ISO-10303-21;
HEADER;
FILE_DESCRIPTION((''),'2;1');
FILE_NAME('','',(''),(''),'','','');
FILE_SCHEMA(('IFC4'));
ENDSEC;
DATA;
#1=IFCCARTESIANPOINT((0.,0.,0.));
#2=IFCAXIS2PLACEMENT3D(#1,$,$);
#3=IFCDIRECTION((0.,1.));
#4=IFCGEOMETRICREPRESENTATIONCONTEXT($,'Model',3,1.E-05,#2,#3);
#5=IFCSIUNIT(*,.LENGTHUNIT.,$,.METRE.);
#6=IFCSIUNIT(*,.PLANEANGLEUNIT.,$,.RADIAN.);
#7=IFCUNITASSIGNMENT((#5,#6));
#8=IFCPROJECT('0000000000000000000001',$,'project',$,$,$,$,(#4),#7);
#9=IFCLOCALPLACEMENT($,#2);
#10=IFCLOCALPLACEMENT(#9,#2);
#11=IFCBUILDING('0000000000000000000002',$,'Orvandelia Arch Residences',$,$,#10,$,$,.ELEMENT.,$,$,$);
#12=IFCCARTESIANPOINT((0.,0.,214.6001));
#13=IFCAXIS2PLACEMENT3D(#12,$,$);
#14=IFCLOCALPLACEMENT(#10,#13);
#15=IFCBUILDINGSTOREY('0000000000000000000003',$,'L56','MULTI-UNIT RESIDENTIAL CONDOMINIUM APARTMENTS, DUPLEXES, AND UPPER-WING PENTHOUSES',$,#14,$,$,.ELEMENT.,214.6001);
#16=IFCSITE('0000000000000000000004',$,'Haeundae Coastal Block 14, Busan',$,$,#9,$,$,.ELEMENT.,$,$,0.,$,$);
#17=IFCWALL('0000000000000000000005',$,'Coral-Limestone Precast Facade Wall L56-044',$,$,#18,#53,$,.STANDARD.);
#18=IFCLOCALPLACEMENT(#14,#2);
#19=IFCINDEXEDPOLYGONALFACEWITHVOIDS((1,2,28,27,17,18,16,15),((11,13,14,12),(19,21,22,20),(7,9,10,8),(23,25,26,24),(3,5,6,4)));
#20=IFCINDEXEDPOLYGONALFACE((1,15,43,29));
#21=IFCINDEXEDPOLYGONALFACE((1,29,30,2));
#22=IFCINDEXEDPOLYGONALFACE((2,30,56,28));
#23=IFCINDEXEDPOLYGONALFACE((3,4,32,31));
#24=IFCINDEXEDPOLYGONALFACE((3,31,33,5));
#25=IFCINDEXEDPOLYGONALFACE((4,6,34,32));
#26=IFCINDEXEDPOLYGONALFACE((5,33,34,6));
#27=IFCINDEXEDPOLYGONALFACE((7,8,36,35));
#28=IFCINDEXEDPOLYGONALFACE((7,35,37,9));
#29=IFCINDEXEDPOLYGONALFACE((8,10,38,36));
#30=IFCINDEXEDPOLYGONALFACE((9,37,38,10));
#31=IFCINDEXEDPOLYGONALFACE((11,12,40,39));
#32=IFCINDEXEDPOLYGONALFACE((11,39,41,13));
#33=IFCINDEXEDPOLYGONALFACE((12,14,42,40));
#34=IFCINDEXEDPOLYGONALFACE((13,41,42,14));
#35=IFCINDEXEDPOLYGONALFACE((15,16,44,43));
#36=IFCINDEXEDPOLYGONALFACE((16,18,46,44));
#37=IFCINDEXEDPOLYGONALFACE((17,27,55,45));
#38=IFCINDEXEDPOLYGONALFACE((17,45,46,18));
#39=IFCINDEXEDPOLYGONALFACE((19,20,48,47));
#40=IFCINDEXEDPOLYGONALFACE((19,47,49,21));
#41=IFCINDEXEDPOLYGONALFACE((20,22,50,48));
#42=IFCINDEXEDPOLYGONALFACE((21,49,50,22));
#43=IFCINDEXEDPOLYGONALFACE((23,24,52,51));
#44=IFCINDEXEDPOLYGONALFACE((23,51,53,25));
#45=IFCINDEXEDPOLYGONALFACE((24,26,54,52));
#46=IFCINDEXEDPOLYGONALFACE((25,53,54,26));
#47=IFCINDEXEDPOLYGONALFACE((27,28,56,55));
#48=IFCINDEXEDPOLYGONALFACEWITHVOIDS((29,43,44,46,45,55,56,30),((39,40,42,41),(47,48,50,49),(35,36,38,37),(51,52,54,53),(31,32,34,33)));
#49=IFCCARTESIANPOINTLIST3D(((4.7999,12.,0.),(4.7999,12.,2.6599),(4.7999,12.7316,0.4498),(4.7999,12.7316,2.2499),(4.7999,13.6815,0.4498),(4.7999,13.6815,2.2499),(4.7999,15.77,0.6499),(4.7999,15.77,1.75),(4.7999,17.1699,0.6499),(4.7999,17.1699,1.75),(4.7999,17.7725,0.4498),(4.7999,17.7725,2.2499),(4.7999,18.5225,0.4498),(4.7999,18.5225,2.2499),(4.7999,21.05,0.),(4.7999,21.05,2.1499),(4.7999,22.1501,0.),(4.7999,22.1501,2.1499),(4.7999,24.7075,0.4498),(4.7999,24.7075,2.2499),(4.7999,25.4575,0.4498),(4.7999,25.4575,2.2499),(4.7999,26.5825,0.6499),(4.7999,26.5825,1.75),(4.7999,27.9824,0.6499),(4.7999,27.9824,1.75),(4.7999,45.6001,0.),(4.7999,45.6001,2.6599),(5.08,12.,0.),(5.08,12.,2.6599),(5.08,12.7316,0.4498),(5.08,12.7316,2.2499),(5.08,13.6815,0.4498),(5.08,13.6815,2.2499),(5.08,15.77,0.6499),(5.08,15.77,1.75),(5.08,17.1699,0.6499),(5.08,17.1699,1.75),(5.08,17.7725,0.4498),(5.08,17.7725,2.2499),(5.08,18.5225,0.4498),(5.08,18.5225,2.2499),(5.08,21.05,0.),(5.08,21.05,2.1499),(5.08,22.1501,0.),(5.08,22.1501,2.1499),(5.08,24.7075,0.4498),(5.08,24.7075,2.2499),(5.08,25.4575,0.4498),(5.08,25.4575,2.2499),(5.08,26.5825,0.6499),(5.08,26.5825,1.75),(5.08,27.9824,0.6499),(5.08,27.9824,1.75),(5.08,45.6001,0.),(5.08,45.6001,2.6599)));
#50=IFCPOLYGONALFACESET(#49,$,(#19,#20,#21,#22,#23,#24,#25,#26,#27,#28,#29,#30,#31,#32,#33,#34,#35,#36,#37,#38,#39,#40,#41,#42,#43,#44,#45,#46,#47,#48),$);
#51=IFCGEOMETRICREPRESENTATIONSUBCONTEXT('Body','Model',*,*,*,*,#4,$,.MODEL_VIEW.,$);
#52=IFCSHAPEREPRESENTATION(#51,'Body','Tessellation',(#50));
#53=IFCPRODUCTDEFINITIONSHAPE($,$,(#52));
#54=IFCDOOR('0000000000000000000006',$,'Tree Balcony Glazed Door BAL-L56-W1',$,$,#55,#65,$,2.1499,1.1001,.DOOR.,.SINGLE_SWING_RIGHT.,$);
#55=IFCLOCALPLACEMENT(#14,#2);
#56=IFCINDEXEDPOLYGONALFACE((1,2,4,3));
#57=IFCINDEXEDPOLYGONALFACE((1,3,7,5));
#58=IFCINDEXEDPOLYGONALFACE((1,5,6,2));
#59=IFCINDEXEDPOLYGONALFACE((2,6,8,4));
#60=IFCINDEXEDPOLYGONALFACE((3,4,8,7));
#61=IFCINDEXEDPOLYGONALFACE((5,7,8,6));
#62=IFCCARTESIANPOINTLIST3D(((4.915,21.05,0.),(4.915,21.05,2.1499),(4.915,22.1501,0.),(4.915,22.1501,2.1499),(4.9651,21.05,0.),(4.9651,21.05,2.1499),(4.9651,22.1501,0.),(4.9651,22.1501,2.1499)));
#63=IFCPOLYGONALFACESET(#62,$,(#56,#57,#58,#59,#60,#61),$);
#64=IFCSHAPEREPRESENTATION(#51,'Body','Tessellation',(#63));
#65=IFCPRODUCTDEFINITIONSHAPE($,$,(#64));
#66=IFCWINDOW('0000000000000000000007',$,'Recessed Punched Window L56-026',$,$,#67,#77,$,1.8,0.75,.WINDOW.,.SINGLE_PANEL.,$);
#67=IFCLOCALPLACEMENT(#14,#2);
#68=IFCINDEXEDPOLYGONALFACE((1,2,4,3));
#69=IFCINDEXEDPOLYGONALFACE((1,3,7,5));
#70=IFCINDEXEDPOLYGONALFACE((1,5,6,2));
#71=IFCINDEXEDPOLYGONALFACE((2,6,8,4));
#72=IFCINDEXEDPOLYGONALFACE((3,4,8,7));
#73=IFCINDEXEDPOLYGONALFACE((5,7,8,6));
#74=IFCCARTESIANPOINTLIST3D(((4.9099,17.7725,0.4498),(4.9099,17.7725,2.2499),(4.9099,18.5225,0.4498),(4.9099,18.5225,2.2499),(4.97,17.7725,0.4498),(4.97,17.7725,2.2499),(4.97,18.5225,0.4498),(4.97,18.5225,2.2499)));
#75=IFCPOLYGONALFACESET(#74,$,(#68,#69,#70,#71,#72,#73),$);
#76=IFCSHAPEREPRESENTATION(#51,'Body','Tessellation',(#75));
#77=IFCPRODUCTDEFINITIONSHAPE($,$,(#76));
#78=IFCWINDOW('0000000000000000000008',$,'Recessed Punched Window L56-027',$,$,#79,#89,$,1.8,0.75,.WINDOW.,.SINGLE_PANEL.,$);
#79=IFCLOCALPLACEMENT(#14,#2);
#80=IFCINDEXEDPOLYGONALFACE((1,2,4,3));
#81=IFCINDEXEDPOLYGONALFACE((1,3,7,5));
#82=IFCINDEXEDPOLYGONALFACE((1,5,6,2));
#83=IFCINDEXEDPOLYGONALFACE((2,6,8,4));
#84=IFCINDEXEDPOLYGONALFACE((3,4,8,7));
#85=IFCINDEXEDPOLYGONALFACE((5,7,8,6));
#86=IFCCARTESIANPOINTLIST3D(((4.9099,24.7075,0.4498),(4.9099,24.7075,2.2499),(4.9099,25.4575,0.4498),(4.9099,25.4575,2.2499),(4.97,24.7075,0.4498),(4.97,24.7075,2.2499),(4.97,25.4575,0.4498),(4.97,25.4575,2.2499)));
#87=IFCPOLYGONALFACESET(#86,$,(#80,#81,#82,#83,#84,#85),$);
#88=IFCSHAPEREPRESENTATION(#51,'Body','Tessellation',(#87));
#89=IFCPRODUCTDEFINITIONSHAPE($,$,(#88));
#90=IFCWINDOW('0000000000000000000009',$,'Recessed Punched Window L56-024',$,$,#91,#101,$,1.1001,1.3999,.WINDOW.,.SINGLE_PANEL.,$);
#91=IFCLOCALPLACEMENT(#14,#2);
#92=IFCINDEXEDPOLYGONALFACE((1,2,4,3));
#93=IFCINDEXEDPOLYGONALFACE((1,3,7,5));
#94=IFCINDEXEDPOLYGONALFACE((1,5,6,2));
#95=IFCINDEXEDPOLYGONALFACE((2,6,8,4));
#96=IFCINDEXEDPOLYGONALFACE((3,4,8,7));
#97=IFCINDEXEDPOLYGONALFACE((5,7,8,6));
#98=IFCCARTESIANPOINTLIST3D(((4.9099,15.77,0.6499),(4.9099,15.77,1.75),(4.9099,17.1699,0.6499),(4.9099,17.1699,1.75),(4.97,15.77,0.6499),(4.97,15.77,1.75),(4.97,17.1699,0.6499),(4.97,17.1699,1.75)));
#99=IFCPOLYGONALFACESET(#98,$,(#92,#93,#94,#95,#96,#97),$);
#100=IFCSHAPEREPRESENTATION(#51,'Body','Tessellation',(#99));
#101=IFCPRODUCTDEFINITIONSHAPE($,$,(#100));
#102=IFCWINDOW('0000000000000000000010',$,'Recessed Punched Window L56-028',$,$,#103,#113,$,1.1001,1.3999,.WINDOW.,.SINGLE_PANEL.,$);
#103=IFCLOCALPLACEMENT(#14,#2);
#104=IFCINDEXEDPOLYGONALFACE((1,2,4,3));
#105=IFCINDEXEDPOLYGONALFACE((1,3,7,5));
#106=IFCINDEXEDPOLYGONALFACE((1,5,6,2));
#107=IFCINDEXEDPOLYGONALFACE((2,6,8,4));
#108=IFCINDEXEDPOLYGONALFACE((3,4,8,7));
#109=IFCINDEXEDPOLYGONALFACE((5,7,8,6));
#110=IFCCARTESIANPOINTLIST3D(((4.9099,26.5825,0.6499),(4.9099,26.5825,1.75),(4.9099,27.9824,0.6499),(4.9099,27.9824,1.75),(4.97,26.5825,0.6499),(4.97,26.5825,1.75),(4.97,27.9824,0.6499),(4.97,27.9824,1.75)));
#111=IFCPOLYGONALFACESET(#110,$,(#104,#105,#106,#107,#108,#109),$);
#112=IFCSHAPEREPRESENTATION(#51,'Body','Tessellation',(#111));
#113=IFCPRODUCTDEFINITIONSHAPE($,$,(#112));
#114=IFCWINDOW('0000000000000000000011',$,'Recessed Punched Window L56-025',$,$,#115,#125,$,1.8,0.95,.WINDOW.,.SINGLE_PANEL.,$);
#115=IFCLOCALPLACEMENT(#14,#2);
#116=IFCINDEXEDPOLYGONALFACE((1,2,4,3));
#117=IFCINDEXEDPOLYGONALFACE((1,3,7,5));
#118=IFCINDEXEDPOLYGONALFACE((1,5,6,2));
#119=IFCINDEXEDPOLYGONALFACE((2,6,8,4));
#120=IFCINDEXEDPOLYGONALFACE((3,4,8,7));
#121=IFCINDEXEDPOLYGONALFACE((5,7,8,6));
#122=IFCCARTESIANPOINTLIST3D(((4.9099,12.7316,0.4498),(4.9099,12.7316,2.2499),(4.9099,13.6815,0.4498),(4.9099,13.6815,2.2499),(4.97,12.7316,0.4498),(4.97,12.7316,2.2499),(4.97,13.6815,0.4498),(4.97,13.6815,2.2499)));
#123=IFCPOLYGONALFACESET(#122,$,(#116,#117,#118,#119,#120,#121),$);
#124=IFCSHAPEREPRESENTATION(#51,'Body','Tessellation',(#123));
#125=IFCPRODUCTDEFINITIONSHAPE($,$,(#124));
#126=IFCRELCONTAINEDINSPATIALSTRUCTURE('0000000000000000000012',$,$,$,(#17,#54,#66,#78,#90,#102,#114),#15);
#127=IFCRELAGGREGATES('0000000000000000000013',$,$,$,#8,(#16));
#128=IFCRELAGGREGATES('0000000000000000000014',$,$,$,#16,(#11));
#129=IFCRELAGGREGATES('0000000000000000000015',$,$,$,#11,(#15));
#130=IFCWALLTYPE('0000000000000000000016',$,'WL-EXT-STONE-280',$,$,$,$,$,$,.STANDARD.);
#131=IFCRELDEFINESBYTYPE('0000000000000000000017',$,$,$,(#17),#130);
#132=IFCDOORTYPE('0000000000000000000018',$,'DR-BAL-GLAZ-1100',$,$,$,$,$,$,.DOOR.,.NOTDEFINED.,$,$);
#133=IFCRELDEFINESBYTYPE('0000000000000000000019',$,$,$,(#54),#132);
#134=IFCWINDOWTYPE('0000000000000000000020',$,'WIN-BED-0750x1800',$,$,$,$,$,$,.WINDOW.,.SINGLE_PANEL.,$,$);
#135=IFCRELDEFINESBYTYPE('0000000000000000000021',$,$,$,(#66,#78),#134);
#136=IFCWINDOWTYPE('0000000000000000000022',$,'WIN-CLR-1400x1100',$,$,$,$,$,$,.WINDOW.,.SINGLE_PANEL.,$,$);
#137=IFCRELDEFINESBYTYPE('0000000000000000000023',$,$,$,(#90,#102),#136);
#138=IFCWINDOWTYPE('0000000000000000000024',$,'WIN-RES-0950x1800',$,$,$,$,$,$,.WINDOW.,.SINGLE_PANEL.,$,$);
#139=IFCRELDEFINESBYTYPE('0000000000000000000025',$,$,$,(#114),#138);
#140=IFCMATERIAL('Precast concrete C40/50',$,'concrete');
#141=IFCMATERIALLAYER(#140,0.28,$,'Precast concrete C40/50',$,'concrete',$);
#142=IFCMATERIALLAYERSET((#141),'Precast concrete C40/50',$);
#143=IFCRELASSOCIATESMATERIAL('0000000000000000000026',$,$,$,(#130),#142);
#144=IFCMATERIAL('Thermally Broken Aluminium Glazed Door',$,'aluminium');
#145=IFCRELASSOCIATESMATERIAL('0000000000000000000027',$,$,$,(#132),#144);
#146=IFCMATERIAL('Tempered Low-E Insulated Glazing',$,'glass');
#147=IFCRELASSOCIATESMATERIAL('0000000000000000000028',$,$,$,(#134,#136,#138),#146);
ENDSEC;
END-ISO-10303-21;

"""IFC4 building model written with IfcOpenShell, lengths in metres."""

from ifc_helpers import new_model, si_unit, direction, frame, frame_2d, origin, place, context, subcontext, project, spatial, rectangle, extrude, material, layer, layer_set, type_object, element, fill, save


model = new_model("IFC4")

# Units and contexts
model_context = context("Model", 3, precision=1e-05, world=origin(), true_north=direction((0.0, 1.0)))
body_context = subcontext(model_context, "Body", "Model", "MODEL_VIEW")
ifc_project = project(units=[si_unit("LENGTHUNIT", "METRE"), si_unit("PLANEANGLEUNIT", "RADIAN")], contexts=[model_context])

# Site, building, storey
site_placement = place(None, origin())
site = spatial("IfcSite", under=ifc_project, at=site_placement, Name="Haeundae Coastal Block 14, Busan", CompositionType="ELEMENT", RefElevation=0.0)
building_placement = place(site_placement, origin())
building = spatial("IfcBuilding", under=site, at=building_placement, Name="Orvandelia Arch Residences", CompositionType="ELEMENT")
storey_placement = place(building_placement, frame((0.0, 0.0, 214.6001)))
storey = spatial("IfcBuildingStorey", under=building, at=storey_placement, Name="L56", Description="MULTI-UNIT RESIDENTIAL CONDOMINIUM APARTMENTS, DUPLEXES, AND UPPER-WING PENTHOUSES", CompositionType="ELEMENT", Elevation=214.6001)

# Shared definitions
ifc_material_1 = material(Name="Precast concrete C40/50", Category="concrete")
ifc_layer_1 = layer(ifc_material_1, 0.28, Name="Precast concrete C40/50", Category="concrete")
ifc_layer_set_1 = layer_set([ifc_layer_1], Name="Precast concrete C40/50")
wall_type_1 = type_object("IfcWallType", Name="WL-EXT-STONE-280", PredefinedType="STANDARD", material=ifc_layer_set_1)

# Wall, openings, door, windows
wall_1_placement = place(storey_placement, frame((4.9399, 12.0, 0.0), z_axis=(0.0, 0.0, 1.0), x_axis=(0.0, 1.0, 0.0)))
wall_1 = element("IfcWall", 1, at=wall_1_placement, inside=storey, type_object=wall_type_1, Name="Coral-Limestone Precast Facade Wall L56-044", PredefinedType="STANDARD", context=body_context, shape_type="SweptSolid", body=[
    extrude(rectangle(XDim=33.6001, YDim=0.28, at=frame_2d((16.8, 0.0))), origin(), (0.0, 0.0, 1.0), 2.6599),
])
opening_1_placement = place(wall_1_placement, frame((9.05, 0.0, 0.0)))
opening_1 = element("IfcOpeningElement", 2, at=opening_1_placement, cuts=wall_1, PredefinedType="OPENING", context=body_context, shape_type="SweptSolid", body=[
    extrude(rectangle(XDim=1.1001, YDim=2.1499, at=frame_2d((0.55, 1.075))), frame((0.0, 0.1499, 0.0), z_axis=(0.0, -1.0, 0.0), x_axis=(1.0, 0.0, 0.0)), (0.0, 0.0, 1.0), 0.3),
])
opening_2_placement = place(wall_1_placement, frame((3.77, 0.0, 0.6499)))
opening_2 = element("IfcOpeningElement", 3, at=opening_2_placement, cuts=wall_1, PredefinedType="OPENING", context=body_context, shape_type="SweptSolid", body=[
    extrude(rectangle(XDim=1.3999, YDim=1.1001, at=frame_2d((0.7, 0.55))), frame((0.0, 0.1499, 0.0), z_axis=(0.0, -1.0, 0.0), x_axis=(1.0, 0.0, 0.0)), (0.0, 0.0, 1.0), 0.3),
])
opening_3_placement = place(wall_1_placement, frame((0.7314, 0.0, 0.45)))
opening_3 = element("IfcOpeningElement", 4, at=opening_3_placement, cuts=wall_1, PredefinedType="OPENING", context=body_context, shape_type="SweptSolid", body=[
    extrude(rectangle(XDim=0.95, YDim=1.8, at=frame_2d((0.4751, 0.8999))), frame((0.0, 0.1499, 0.0), z_axis=(0.0, -1.0, 0.0), x_axis=(1.0, 0.0, 0.0)), (0.0, 0.0, 1.0), 0.3),
])
opening_4_placement = place(wall_1_placement, frame((5.7725, 0.0, 0.45)))
opening_4 = element("IfcOpeningElement", 5, at=opening_4_placement, cuts=wall_1, PredefinedType="OPENING", context=body_context, shape_type="SweptSolid", body=[
    extrude(rectangle(XDim=0.75, YDim=1.8, at=frame_2d((0.375, 0.8999))), frame((0.0, 0.1499, 0.0), z_axis=(0.0, -1.0, 0.0), x_axis=(1.0, 0.0, 0.0)), (0.0, 0.0, 1.0), 0.3),
])
opening_5_placement = place(wall_1_placement, frame((12.7075, 0.0, 0.45)))
opening_5 = element("IfcOpeningElement", 6, at=opening_5_placement, cuts=wall_1, PredefinedType="OPENING", context=body_context, shape_type="SweptSolid", body=[
    extrude(rectangle(XDim=0.75, YDim=1.8, at=frame_2d((0.375, 0.8999))), frame((0.0, 0.1499, 0.0), z_axis=(0.0, -1.0, 0.0), x_axis=(1.0, 0.0, 0.0)), (0.0, 0.0, 1.0), 0.3),
])
opening_6_placement = place(wall_1_placement, frame((14.5825, 0.0, 0.6499)))
opening_6 = element("IfcOpeningElement", 7, at=opening_6_placement, cuts=wall_1, PredefinedType="OPENING", context=body_context, shape_type="SweptSolid", body=[
    extrude(rectangle(XDim=1.3999, YDim=1.1001, at=frame_2d((0.7, 0.55))), frame((0.0, 0.1499, 0.0), z_axis=(0.0, -1.0, 0.0), x_axis=(1.0, 0.0, 0.0)), (0.0, 0.0, 1.0), 0.3),
])
ifc_material_2 = material(Name="Thermally Broken Aluminium Glazed Door", Category="aluminium")
door_type_1 = type_object("IfcDoorType", Name="DR-BAL-GLAZ-1100", OperationType="NOTDEFINED", PredefinedType="DOOR", material=ifc_material_2)
door_1_placement = place(opening_1_placement, origin())
door_1 = element("IfcDoor", 8, at=door_1_placement, inside=storey, type_object=door_type_1, Name="Tree Balcony Glazed Door BAL-L56-W1", OperationType="SINGLE_SWING_RIGHT", OverallHeight=2.1499, OverallWidth=1.1001, PredefinedType="DOOR", context=body_context, shape_type="SweptSolid", body=[
    extrude(rectangle(XDim=1.1001, YDim=2.1499, at=frame_2d((0.55, 1.075))), frame((0.0, 0.0249, 0.0), z_axis=(0.0, -1.0, 0.0), x_axis=(1.0, 0.0, 0.0)), (0.0, 0.0, 1.0), 0.05),
])
fill(opening_1, door_1)
ifc_material_3 = material(Name="Tempered Low-E Insulated Glazing", Category="glass")
window_type_1 = type_object("IfcWindowType", Name="WIN-BED-0750x1800", PartitioningType="SINGLE_PANEL", PredefinedType="WINDOW", material=ifc_material_3)
window_1_placement = place(opening_4_placement, origin())
window_1 = element("IfcWindow", 9, at=window_1_placement, inside=storey, type_object=window_type_1, Name="Recessed Punched Window L56-026", OverallHeight=1.8, OverallWidth=0.75, PartitioningType="SINGLE_PANEL", PredefinedType="WINDOW", context=body_context, shape_type="SweptSolid", body=[
    extrude(rectangle(XDim=0.75, YDim=1.8, at=frame_2d((0.375, 0.8999))), frame((0.0, 0.03, 0.0), z_axis=(0.0, -1.0, 0.0), x_axis=(1.0, 0.0, 0.0)), (0.0, 0.0, 1.0), 0.0601),
])
fill(opening_4, window_1)
window_2_placement = place(opening_5_placement, origin())
window_2 = element("IfcWindow", 10, at=window_2_placement, inside=storey, type_object=window_type_1, Name="Recessed Punched Window L56-027", OverallHeight=1.8, OverallWidth=0.75, PartitioningType="SINGLE_PANEL", PredefinedType="WINDOW", context=body_context, shape_type="SweptSolid", body=[
    extrude(rectangle(XDim=0.75, YDim=1.8, at=frame_2d((0.375, 0.8999))), frame((0.0, 0.03, 0.0), z_axis=(0.0, -1.0, 0.0), x_axis=(1.0, 0.0, 0.0)), (0.0, 0.0, 1.0), 0.0601),
])
fill(opening_5, window_2)
window_type_2 = type_object("IfcWindowType", Name="WIN-CLR-1400x1100", PartitioningType="SINGLE_PANEL", PredefinedType="WINDOW", material=ifc_material_3)
window_3_placement = place(opening_2_placement, origin())
window_3 = element("IfcWindow", 11, at=window_3_placement, inside=storey, type_object=window_type_2, Name="Recessed Punched Window L56-024", OverallHeight=1.1001, OverallWidth=1.3999, PartitioningType="SINGLE_PANEL", PredefinedType="WINDOW", context=body_context, shape_type="SweptSolid", body=[
    extrude(rectangle(XDim=1.3999, YDim=1.1001, at=frame_2d((0.7, 0.55))), frame((0.0, 0.03, 0.0), z_axis=(0.0, -1.0, 0.0), x_axis=(1.0, 0.0, 0.0)), (0.0, 0.0, 1.0), 0.0601),
])
fill(opening_2, window_3)
window_4_placement = place(opening_6_placement, origin())
window_4 = element("IfcWindow", 12, at=window_4_placement, inside=storey, type_object=window_type_2, Name="Recessed Punched Window L56-028", OverallHeight=1.1001, OverallWidth=1.3999, PartitioningType="SINGLE_PANEL", PredefinedType="WINDOW", context=body_context, shape_type="SweptSolid", body=[
    extrude(rectangle(XDim=1.3999, YDim=1.1001, at=frame_2d((0.7, 0.55))), frame((0.0, 0.03, 0.0), z_axis=(0.0, -1.0, 0.0), x_axis=(1.0, 0.0, 0.0)), (0.0, 0.0, 1.0), 0.0601),
])
fill(opening_6, window_4)
window_type_3 = type_object("IfcWindowType", Name="WIN-RES-0950x1800", PartitioningType="SINGLE_PANEL", PredefinedType="WINDOW", material=ifc_material_3)
window_5_placement = place(opening_3_placement, origin())
window_5 = element("IfcWindow", 13, at=window_5_placement, inside=storey, type_object=window_type_3, Name="Recessed Punched Window L56-025", OverallHeight=1.8, OverallWidth=0.95, PartitioningType="SINGLE_PANEL", PredefinedType="WINDOW", context=body_context, shape_type="SweptSolid", body=[
    extrude(rectangle(XDim=0.95, YDim=1.8, at=frame_2d((0.4751, 0.8999))), frame((0.0, 0.03, 0.0), z_axis=(0.0, -1.0, 0.0), x_axis=(1.0, 0.0, 0.0)), (0.0, 0.0, 1.0), 0.0601),
])
fill(opening_3, window_5)

save(model, "model.ifc")
